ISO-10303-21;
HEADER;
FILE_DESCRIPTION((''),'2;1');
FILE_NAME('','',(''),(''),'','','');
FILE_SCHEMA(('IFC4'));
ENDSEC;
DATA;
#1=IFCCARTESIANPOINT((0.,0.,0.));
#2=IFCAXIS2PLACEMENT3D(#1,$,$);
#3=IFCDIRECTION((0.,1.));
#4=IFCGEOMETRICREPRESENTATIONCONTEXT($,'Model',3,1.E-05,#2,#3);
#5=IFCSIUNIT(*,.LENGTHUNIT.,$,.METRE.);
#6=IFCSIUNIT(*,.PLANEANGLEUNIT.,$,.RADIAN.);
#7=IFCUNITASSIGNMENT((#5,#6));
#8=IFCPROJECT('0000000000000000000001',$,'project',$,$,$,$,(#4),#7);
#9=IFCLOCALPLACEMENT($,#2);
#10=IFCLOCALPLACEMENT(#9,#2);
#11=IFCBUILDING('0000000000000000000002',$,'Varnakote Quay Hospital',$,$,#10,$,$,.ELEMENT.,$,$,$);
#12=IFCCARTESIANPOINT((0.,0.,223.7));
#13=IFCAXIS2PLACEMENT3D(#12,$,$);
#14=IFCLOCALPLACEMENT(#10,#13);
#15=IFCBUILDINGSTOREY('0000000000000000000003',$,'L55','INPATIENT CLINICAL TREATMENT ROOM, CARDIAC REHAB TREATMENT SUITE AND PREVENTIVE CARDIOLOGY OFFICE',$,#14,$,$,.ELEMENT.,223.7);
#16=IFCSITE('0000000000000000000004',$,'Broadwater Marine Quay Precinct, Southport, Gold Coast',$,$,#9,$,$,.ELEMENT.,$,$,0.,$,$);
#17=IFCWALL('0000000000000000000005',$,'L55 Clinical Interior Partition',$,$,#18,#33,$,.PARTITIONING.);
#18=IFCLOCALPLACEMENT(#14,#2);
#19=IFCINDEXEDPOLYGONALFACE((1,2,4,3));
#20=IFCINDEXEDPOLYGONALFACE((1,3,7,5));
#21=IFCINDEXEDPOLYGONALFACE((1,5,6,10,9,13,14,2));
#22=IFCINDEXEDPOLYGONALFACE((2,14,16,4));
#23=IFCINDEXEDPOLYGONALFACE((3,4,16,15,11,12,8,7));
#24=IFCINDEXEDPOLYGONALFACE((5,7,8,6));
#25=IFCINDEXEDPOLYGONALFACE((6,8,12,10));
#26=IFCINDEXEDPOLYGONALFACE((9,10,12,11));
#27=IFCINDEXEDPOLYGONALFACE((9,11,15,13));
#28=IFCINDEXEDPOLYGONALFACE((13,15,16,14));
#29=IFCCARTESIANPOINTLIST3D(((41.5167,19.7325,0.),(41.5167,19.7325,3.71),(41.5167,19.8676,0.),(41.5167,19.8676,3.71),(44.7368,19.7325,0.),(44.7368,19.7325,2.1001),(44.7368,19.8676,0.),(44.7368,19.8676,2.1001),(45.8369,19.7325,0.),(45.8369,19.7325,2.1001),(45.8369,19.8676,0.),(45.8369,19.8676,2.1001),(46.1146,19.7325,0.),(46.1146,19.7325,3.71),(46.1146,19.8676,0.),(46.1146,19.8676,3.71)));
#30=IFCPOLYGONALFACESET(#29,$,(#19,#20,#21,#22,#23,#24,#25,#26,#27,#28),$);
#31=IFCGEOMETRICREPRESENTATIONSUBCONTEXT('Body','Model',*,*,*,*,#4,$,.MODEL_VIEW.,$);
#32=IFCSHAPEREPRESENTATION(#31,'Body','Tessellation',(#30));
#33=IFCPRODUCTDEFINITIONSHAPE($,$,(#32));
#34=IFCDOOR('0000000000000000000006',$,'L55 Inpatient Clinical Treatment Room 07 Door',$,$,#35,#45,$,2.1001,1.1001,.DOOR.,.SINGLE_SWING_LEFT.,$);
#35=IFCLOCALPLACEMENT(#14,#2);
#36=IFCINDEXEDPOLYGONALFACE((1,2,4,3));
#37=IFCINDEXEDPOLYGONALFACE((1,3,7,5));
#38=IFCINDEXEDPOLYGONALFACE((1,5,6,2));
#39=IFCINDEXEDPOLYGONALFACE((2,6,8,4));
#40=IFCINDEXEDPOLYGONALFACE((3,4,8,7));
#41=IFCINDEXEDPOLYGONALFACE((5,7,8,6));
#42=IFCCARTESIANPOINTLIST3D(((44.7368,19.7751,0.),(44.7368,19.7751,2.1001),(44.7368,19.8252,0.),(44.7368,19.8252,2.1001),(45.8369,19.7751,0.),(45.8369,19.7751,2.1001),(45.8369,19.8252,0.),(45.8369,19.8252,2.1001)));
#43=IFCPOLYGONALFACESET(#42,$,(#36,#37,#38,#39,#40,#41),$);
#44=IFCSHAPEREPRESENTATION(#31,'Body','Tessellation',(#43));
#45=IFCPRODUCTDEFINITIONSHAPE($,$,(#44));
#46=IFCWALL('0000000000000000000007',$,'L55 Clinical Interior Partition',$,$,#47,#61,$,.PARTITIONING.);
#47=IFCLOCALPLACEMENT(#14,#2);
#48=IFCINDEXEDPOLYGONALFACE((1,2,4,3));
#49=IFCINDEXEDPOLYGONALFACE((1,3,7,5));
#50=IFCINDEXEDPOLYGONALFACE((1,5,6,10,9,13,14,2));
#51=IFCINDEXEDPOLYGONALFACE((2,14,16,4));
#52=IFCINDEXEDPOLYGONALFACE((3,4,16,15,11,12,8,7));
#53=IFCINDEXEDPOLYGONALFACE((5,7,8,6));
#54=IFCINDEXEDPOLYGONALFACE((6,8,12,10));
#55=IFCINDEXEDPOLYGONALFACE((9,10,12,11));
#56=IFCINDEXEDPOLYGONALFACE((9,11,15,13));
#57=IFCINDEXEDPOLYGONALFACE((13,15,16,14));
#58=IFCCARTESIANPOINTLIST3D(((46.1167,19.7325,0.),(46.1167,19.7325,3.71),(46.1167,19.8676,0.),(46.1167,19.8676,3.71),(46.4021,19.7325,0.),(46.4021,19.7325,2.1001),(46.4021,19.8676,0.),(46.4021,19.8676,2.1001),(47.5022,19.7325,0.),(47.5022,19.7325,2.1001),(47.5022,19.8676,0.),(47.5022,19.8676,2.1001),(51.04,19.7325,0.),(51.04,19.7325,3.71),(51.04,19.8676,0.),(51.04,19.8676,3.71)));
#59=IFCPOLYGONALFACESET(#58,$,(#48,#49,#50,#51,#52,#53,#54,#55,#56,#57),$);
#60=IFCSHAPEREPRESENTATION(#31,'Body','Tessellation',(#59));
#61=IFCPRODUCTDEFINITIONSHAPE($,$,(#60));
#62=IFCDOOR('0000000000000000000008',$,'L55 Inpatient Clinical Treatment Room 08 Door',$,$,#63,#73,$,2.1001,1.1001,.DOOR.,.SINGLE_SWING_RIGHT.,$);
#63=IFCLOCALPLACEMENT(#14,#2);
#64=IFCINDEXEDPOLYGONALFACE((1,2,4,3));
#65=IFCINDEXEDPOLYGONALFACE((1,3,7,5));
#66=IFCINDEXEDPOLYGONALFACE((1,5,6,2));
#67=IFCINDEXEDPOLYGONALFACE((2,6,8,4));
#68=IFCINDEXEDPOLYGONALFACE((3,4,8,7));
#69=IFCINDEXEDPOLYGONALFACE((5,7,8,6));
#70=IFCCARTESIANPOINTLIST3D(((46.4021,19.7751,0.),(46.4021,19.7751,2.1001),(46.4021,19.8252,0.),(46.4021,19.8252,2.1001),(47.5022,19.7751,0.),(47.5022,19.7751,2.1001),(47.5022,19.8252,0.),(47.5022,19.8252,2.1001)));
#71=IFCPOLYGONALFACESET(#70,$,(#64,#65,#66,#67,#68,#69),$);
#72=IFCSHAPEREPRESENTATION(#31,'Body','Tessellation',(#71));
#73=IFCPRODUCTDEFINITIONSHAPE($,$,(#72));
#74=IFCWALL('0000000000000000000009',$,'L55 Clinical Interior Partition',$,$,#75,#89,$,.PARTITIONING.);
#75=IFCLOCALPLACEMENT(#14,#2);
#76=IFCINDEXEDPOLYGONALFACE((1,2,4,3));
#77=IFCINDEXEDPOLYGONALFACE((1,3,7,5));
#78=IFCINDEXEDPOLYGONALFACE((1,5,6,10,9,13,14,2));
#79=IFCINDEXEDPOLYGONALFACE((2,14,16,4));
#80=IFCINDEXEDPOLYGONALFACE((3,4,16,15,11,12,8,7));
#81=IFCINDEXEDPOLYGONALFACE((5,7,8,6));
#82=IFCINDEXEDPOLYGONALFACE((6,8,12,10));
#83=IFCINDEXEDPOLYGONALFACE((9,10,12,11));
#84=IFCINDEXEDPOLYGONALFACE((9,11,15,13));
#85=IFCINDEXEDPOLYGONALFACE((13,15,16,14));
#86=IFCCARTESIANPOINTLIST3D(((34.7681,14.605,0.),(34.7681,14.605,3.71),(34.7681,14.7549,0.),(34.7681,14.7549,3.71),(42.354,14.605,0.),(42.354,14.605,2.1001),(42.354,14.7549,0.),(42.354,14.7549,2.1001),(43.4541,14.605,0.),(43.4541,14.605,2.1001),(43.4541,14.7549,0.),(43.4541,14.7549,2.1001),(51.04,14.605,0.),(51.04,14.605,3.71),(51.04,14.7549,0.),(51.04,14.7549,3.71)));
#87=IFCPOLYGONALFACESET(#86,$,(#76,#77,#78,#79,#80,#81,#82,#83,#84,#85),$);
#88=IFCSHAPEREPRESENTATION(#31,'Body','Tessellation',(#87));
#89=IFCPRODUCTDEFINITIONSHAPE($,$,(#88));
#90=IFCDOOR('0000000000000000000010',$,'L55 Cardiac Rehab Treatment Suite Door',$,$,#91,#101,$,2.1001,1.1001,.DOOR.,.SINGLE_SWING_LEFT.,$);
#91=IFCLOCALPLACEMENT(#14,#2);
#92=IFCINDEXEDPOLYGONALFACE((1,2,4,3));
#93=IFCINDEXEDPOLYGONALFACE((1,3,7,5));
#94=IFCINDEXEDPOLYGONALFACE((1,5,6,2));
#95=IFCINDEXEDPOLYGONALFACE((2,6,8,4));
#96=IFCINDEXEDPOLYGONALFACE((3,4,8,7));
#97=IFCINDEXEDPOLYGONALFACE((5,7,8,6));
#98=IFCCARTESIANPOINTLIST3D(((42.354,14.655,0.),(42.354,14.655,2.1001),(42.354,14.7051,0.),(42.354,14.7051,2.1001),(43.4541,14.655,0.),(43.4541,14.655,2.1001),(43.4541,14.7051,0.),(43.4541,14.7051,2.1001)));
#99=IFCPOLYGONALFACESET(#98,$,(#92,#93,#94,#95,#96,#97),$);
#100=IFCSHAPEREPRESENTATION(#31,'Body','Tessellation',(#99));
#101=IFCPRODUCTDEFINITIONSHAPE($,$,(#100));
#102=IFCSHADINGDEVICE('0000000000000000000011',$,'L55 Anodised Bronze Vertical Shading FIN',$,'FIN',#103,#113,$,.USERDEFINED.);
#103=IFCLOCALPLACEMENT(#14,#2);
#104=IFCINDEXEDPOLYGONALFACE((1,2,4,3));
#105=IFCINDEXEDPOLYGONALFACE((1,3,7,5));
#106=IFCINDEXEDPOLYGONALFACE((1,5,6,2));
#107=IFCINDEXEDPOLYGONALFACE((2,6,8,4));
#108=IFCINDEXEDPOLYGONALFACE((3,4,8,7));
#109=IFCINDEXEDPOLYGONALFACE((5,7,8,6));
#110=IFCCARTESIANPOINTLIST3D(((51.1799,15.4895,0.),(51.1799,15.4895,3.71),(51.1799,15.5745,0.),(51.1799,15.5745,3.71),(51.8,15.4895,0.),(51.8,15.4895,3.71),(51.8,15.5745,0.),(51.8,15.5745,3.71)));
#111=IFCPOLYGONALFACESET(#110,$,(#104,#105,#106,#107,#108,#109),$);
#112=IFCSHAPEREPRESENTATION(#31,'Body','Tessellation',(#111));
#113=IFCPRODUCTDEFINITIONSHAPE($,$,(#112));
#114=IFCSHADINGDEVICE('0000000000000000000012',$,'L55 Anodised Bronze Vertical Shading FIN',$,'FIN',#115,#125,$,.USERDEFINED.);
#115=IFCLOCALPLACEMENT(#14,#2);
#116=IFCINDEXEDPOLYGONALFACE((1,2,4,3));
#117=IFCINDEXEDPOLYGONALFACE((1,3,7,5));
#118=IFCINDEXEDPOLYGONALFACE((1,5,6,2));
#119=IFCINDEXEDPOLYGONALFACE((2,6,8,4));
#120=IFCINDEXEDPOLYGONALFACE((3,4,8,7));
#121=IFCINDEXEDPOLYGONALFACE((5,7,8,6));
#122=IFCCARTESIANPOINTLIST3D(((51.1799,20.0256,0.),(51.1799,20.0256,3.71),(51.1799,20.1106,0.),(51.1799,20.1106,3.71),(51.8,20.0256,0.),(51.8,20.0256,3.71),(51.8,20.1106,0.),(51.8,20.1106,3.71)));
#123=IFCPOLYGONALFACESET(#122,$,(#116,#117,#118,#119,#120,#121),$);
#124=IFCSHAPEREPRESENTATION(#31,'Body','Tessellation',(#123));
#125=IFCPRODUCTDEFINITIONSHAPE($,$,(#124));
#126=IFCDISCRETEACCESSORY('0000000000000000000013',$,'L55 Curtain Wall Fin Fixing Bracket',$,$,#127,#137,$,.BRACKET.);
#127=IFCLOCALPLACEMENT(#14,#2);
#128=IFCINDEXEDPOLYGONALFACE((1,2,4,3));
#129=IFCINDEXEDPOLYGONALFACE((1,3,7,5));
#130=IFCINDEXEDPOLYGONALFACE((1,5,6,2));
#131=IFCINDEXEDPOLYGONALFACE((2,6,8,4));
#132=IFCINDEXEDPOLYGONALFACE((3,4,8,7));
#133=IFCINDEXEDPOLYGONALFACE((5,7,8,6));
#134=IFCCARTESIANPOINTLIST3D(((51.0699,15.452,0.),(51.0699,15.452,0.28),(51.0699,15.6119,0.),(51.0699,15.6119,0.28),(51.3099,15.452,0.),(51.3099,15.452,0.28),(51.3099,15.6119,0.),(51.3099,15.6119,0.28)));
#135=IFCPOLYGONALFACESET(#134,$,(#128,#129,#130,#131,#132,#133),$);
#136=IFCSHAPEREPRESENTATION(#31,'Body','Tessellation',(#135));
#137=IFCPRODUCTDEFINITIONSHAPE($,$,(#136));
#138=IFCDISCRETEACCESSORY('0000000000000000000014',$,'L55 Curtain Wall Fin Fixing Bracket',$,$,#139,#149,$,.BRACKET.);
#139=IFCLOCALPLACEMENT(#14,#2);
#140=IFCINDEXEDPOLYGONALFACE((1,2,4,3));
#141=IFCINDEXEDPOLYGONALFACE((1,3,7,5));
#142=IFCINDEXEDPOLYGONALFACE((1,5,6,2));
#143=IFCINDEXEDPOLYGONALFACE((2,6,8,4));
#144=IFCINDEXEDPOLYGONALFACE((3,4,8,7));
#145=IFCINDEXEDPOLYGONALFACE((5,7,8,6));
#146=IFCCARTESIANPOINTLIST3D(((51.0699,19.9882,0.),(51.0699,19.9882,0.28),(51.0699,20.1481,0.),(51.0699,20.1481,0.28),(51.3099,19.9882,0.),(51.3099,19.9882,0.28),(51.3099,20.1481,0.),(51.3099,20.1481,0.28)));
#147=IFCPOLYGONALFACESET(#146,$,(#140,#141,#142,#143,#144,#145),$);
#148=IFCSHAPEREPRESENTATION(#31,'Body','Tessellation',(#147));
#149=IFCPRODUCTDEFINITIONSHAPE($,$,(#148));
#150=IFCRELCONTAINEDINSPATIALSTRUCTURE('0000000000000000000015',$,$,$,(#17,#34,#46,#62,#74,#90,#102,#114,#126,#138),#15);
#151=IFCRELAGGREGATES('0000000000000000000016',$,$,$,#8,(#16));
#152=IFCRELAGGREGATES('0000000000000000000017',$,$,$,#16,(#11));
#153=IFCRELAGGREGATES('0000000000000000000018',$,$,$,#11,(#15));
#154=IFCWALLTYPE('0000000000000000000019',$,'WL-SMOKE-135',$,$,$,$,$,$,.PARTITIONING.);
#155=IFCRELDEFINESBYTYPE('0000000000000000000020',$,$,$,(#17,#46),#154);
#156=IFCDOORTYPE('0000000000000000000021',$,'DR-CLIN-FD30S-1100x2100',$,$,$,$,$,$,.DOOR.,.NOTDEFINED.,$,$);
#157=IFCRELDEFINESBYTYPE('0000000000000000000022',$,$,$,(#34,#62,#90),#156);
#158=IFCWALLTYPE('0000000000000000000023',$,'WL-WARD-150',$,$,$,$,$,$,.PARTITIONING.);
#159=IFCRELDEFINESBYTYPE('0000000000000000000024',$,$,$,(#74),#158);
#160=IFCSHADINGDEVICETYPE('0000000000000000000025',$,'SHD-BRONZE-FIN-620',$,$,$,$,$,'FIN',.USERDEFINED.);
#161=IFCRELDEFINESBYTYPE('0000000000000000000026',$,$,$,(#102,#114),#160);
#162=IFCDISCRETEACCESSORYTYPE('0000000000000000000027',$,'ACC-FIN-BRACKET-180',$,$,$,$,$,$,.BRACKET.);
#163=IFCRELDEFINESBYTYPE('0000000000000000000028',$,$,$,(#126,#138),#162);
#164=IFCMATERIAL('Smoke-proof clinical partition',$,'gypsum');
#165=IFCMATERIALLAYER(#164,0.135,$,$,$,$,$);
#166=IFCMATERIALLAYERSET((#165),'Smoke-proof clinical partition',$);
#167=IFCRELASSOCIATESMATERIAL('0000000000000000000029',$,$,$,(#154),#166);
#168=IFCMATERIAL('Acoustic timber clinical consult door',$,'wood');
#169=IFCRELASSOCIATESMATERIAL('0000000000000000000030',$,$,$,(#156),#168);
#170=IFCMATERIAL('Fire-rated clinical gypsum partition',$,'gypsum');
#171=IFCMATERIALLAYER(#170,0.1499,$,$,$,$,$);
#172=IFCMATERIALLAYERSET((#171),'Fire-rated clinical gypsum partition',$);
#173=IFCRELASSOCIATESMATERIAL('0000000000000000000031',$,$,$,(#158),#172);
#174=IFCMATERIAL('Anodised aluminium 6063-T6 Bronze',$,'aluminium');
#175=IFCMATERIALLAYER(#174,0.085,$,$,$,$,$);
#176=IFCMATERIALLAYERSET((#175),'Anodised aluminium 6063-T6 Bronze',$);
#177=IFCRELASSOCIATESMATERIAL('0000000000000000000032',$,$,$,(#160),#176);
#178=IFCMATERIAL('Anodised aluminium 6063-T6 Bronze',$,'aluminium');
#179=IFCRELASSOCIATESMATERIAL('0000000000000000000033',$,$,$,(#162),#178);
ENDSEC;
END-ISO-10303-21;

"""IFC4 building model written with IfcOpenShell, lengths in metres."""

from ifc_helpers import new_model, si_unit, direction, frame, frame_2d, origin, origin_2d, place, context, subcontext, project, spatial, rectangle, extrude, material, layer, layer_set, type_object, element, fill, save


model = new_model("IFC4")

# Units and contexts
model_context = context("Model", 3, precision=1e-05, world=origin(), true_north=direction((0.0, 1.0)))
body_context = subcontext(model_context, "Body", "Model", "MODEL_VIEW")
ifc_project = project(units=[si_unit("LENGTHUNIT", "METRE"), si_unit("PLANEANGLEUNIT", "RADIAN")], contexts=[model_context])

# Site, building, storey
site_placement = place(None, origin())
site = spatial("IfcSite", under=ifc_project, at=site_placement, Name="Broadwater Marine Quay Precinct, Southport, Gold Coast", CompositionType="ELEMENT", RefElevation=0.0)
building_placement = place(site_placement, origin())
building = spatial("IfcBuilding", under=site, at=building_placement, Name="Varnakote Quay Hospital", CompositionType="ELEMENT")
storey_placement = place(building_placement, frame((0.0, 0.0, 223.7)))
storey = spatial("IfcBuildingStorey", under=building, at=storey_placement, Name="L55", Description="INPATIENT CLINICAL TREATMENT ROOM, CARDIAC REHAB TREATMENT SUITE AND PREVENTIVE CARDIOLOGY OFFICE", CompositionType="ELEMENT", Elevation=223.7)

# Walls, openings, doors
ifc_material_1 = material(Name="Smoke-proof clinical partition", Category="gypsum")
ifc_layer_1 = layer(ifc_material_1, 0.135)
ifc_layer_set_1 = layer_set([ifc_layer_1], Name="Smoke-proof clinical partition")
wall_type_1 = type_object("IfcWallType", Name="WL-SMOKE-135", PredefinedType="PARTITIONING", material=ifc_layer_set_1)
wall_1_placement = place(storey_placement, frame((46.1145, 19.8, 0.0), z_axis=(0.0, 0.0, 1.0), x_axis=(-1.0, 0.0, 0.0)))
wall_1 = element("IfcWall", 1, at=wall_1_placement, inside=storey, type_object=wall_type_1, Name="L55 Clinical Interior Partition", PredefinedType="PARTITIONING", context=body_context, shape_type="SweptSolid", body=[
    extrude(rectangle(XDim=4.5979, YDim=0.135, at=frame_2d((2.2988, 0.0))), origin(), (0.0, 0.0, 1.0), 3.71),
])
opening_1_placement = place(wall_1_placement, frame((0.2776, 0.0, 0.0)))
opening_1 = element("IfcOpeningElement", 2, at=opening_1_placement, cuts=wall_1, PredefinedType="OPENING", context=body_context, shape_type="SweptSolid", body=[
    extrude(rectangle(XDim=1.1001, YDim=2.1001, at=frame_2d((0.55, 1.05))), frame((0.0, 0.0774, 0.0), z_axis=(0.0, -1.0, 0.0), x_axis=(1.0, 0.0, 0.0)), (0.0, 0.0, 1.0), 0.155),
])
ifc_material_2 = material(Name="Acoustic timber clinical consult door", Category="wood")
door_type = type_object("IfcDoorType", Name="DR-CLIN-FD30S-1100x2100", OperationType="NOTDEFINED", PredefinedType="DOOR", material=ifc_material_2)
door_1_placement = place(opening_1_placement, origin())
door_1 = element("IfcDoor", 3, at=door_1_placement, inside=storey, type_object=door_type, Name="L55 Inpatient Clinical Treatment Room 07 Door", OperationType="SINGLE_SWING_LEFT", OverallHeight=2.1001, OverallWidth=1.1001, PredefinedType="DOOR", context=body_context, shape_type="SweptSolid", body=[
    extrude(rectangle(XDim=1.1001, YDim=2.1001, at=frame_2d((0.55, 1.05))), frame((0.0, 0.0249, 0.0), z_axis=(0.0, -1.0, 0.0), x_axis=(1.0, 0.0, 0.0)), (0.0, 0.0, 1.0), 0.05),
])
fill(opening_1, door_1)
wall_2_placement = place(storey_placement, frame((51.04, 19.8, 0.0), z_axis=(0.0, 0.0, 1.0), x_axis=(-1.0, 0.0, 0.0)))
wall_2 = element("IfcWall", 4, at=wall_2_placement, inside=storey, type_object=wall_type_1, Name="L55 Clinical Interior Partition", PredefinedType="PARTITIONING", context=body_context, shape_type="SweptSolid", body=[
    extrude(rectangle(XDim=4.9233, YDim=0.135, at=frame_2d((2.4617, 0.0))), origin(), (0.0, 0.0, 1.0), 3.71),
])
opening_2_placement = place(wall_2_placement, frame((3.5378, 0.0, 0.0)))
opening_2 = element("IfcOpeningElement", 5, at=opening_2_placement, cuts=wall_2, PredefinedType="OPENING", context=body_context, shape_type="SweptSolid", body=[
    extrude(rectangle(XDim=1.1001, YDim=2.1001, at=frame_2d((0.55, 1.05))), frame((0.0, 0.0774, 0.0), z_axis=(0.0, -1.0, 0.0), x_axis=(1.0, 0.0, 0.0)), (0.0, 0.0, 1.0), 0.155),
])
door_2_placement = place(opening_2_placement, origin())
door_2 = element("IfcDoor", 6, at=door_2_placement, inside=storey, type_object=door_type, Name="L55 Inpatient Clinical Treatment Room 08 Door", OperationType="SINGLE_SWING_RIGHT", OverallHeight=2.1001, OverallWidth=1.1001, PredefinedType="DOOR", context=body_context, shape_type="SweptSolid", body=[
    extrude(rectangle(XDim=1.1001, YDim=2.1001, at=frame_2d((0.55, 1.05))), frame((0.0, 0.0249, 0.0), z_axis=(0.0, -1.0, 0.0), x_axis=(1.0, 0.0, 0.0)), (0.0, 0.0, 1.0), 0.05),
])
fill(opening_2, door_2)
ifc_material_3 = material(Name="Fire-rated clinical gypsum partition", Category="gypsum")
ifc_layer_2 = layer(ifc_material_3, 0.1499)
ifc_layer_set_2 = layer_set([ifc_layer_2], Name="Fire-rated clinical gypsum partition")
wall_type_2 = type_object("IfcWallType", Name="WL-WARD-150", PredefinedType="PARTITIONING", material=ifc_layer_set_2)
wall_3_placement = place(storey_placement, frame((51.04, 14.6799, 0.0), z_axis=(0.0, 0.0, 1.0), x_axis=(-1.0, 0.0, 0.0)))
wall_3 = element("IfcWall", 7, at=wall_3_placement, inside=storey, type_object=wall_type_2, Name="L55 Clinical Interior Partition", PredefinedType="PARTITIONING", context=body_context, shape_type="SweptSolid", body=[
    extrude(rectangle(XDim=16.272, YDim=0.1499, at=frame_2d((8.136, 0.0))), origin(), (0.0, 0.0, 1.0), 3.71),
])
opening_3_placement = place(wall_3_placement, frame((7.5859, 0.0, 0.0)))
opening_3 = element("IfcOpeningElement", 8, at=opening_3_placement, cuts=wall_3, PredefinedType="OPENING", context=body_context, shape_type="SweptSolid", body=[
    extrude(rectangle(XDim=1.1001, YDim=2.1001, at=frame_2d((0.55, 1.05))), frame((0.0, 0.085, 0.0), z_axis=(0.0, -1.0, 0.0), x_axis=(1.0, 0.0, 0.0)), (0.0, 0.0, 1.0), 0.1699),
])
door_3_placement = place(opening_3_placement, origin())
door_3 = element("IfcDoor", 9, at=door_3_placement, inside=storey, type_object=door_type, Name="L55 Cardiac Rehab Treatment Suite Door", OperationType="SINGLE_SWING_LEFT", OverallHeight=2.1001, OverallWidth=1.1001, PredefinedType="DOOR", context=body_context, shape_type="SweptSolid", body=[
    extrude(rectangle(XDim=1.1001, YDim=2.1001, at=frame_2d((0.55, 1.05))), frame((0.0, 0.0249, 0.0), z_axis=(0.0, -1.0, 0.0), x_axis=(1.0, 0.0, 0.0)), (0.0, 0.0, 1.0), 0.05),
])
fill(opening_3, door_3)

# Shading devices
ifc_material_4 = material(Name="Anodised aluminium 6063-T6 Bronze", Category="aluminium")
ifc_layer_3 = layer(ifc_material_4, 0.085)
ifc_layer_set_3 = layer_set([ifc_layer_3], Name="Anodised aluminium 6063-T6 Bronze")
shading_device_type = type_object("IfcShadingDeviceType", Name="SHD-BRONZE-FIN-620", ElementType="FIN", PredefinedType="USERDEFINED", material=ifc_layer_set_3)
for number, where, z_axis, x_axis, name in (
    (10, (51.49, 15.532, 0.0), (0.0, 0.0, 1.0), (-1.0, 0.0, 0.0), "L55 Anodised Bronze Vertical Shading FIN"),
    (11, (51.49, 20.0681, 0.0), (0.0, 0.0, 1.0), (-1.0, 0.0, 0.0), "L55 Anodised Bronze Vertical Shading FIN"),
):
    element("IfcShadingDevice", number, at=place(storey_placement, frame(where, z_axis=z_axis, x_axis=x_axis)), inside=storey, type_object=shading_device_type, Name=name, ObjectType="FIN", PredefinedType="USERDEFINED", context=body_context, shape_type="SweptSolid", body=[
        extrude(rectangle(XDim=0.6201, YDim=0.085, at=origin_2d()), origin(), (0.0, 0.0, 1.0), 3.71),
    ])

# Discrete accessories
ifc_material_5 = material(Name="Anodised aluminium 6063-T6 Bronze", Category="aluminium")
discrete_accessory_type = type_object("IfcDiscreteAccessoryType", Name="ACC-FIN-BRACKET-180", PredefinedType="BRACKET", material=ifc_material_5)
for number, where, z_axis, x_axis, name in (
    (12, (51.1899, 15.532, 0.0), (0.0, 0.0, 1.0), (0.0, 1.0, 0.0), "L55 Curtain Wall Fin Fixing Bracket"),
    (13, (51.1899, 20.0681, 0.0), (0.0, 0.0, 1.0), (0.0, 1.0, 0.0), "L55 Curtain Wall Fin Fixing Bracket"),
):
    element("IfcDiscreteAccessory", number, at=place(storey_placement, frame(where, z_axis=z_axis, x_axis=x_axis)), inside=storey, type_object=discrete_accessory_type, Name=name, PredefinedType="BRACKET", context=body_context, shape_type="SweptSolid", body=[
        extrude(rectangle(XDim=0.1599, YDim=0.24, at=origin_2d()), origin(), (0.0, 0.0, 1.0), 0.28),
    ])

save(model, "model.ifc")
